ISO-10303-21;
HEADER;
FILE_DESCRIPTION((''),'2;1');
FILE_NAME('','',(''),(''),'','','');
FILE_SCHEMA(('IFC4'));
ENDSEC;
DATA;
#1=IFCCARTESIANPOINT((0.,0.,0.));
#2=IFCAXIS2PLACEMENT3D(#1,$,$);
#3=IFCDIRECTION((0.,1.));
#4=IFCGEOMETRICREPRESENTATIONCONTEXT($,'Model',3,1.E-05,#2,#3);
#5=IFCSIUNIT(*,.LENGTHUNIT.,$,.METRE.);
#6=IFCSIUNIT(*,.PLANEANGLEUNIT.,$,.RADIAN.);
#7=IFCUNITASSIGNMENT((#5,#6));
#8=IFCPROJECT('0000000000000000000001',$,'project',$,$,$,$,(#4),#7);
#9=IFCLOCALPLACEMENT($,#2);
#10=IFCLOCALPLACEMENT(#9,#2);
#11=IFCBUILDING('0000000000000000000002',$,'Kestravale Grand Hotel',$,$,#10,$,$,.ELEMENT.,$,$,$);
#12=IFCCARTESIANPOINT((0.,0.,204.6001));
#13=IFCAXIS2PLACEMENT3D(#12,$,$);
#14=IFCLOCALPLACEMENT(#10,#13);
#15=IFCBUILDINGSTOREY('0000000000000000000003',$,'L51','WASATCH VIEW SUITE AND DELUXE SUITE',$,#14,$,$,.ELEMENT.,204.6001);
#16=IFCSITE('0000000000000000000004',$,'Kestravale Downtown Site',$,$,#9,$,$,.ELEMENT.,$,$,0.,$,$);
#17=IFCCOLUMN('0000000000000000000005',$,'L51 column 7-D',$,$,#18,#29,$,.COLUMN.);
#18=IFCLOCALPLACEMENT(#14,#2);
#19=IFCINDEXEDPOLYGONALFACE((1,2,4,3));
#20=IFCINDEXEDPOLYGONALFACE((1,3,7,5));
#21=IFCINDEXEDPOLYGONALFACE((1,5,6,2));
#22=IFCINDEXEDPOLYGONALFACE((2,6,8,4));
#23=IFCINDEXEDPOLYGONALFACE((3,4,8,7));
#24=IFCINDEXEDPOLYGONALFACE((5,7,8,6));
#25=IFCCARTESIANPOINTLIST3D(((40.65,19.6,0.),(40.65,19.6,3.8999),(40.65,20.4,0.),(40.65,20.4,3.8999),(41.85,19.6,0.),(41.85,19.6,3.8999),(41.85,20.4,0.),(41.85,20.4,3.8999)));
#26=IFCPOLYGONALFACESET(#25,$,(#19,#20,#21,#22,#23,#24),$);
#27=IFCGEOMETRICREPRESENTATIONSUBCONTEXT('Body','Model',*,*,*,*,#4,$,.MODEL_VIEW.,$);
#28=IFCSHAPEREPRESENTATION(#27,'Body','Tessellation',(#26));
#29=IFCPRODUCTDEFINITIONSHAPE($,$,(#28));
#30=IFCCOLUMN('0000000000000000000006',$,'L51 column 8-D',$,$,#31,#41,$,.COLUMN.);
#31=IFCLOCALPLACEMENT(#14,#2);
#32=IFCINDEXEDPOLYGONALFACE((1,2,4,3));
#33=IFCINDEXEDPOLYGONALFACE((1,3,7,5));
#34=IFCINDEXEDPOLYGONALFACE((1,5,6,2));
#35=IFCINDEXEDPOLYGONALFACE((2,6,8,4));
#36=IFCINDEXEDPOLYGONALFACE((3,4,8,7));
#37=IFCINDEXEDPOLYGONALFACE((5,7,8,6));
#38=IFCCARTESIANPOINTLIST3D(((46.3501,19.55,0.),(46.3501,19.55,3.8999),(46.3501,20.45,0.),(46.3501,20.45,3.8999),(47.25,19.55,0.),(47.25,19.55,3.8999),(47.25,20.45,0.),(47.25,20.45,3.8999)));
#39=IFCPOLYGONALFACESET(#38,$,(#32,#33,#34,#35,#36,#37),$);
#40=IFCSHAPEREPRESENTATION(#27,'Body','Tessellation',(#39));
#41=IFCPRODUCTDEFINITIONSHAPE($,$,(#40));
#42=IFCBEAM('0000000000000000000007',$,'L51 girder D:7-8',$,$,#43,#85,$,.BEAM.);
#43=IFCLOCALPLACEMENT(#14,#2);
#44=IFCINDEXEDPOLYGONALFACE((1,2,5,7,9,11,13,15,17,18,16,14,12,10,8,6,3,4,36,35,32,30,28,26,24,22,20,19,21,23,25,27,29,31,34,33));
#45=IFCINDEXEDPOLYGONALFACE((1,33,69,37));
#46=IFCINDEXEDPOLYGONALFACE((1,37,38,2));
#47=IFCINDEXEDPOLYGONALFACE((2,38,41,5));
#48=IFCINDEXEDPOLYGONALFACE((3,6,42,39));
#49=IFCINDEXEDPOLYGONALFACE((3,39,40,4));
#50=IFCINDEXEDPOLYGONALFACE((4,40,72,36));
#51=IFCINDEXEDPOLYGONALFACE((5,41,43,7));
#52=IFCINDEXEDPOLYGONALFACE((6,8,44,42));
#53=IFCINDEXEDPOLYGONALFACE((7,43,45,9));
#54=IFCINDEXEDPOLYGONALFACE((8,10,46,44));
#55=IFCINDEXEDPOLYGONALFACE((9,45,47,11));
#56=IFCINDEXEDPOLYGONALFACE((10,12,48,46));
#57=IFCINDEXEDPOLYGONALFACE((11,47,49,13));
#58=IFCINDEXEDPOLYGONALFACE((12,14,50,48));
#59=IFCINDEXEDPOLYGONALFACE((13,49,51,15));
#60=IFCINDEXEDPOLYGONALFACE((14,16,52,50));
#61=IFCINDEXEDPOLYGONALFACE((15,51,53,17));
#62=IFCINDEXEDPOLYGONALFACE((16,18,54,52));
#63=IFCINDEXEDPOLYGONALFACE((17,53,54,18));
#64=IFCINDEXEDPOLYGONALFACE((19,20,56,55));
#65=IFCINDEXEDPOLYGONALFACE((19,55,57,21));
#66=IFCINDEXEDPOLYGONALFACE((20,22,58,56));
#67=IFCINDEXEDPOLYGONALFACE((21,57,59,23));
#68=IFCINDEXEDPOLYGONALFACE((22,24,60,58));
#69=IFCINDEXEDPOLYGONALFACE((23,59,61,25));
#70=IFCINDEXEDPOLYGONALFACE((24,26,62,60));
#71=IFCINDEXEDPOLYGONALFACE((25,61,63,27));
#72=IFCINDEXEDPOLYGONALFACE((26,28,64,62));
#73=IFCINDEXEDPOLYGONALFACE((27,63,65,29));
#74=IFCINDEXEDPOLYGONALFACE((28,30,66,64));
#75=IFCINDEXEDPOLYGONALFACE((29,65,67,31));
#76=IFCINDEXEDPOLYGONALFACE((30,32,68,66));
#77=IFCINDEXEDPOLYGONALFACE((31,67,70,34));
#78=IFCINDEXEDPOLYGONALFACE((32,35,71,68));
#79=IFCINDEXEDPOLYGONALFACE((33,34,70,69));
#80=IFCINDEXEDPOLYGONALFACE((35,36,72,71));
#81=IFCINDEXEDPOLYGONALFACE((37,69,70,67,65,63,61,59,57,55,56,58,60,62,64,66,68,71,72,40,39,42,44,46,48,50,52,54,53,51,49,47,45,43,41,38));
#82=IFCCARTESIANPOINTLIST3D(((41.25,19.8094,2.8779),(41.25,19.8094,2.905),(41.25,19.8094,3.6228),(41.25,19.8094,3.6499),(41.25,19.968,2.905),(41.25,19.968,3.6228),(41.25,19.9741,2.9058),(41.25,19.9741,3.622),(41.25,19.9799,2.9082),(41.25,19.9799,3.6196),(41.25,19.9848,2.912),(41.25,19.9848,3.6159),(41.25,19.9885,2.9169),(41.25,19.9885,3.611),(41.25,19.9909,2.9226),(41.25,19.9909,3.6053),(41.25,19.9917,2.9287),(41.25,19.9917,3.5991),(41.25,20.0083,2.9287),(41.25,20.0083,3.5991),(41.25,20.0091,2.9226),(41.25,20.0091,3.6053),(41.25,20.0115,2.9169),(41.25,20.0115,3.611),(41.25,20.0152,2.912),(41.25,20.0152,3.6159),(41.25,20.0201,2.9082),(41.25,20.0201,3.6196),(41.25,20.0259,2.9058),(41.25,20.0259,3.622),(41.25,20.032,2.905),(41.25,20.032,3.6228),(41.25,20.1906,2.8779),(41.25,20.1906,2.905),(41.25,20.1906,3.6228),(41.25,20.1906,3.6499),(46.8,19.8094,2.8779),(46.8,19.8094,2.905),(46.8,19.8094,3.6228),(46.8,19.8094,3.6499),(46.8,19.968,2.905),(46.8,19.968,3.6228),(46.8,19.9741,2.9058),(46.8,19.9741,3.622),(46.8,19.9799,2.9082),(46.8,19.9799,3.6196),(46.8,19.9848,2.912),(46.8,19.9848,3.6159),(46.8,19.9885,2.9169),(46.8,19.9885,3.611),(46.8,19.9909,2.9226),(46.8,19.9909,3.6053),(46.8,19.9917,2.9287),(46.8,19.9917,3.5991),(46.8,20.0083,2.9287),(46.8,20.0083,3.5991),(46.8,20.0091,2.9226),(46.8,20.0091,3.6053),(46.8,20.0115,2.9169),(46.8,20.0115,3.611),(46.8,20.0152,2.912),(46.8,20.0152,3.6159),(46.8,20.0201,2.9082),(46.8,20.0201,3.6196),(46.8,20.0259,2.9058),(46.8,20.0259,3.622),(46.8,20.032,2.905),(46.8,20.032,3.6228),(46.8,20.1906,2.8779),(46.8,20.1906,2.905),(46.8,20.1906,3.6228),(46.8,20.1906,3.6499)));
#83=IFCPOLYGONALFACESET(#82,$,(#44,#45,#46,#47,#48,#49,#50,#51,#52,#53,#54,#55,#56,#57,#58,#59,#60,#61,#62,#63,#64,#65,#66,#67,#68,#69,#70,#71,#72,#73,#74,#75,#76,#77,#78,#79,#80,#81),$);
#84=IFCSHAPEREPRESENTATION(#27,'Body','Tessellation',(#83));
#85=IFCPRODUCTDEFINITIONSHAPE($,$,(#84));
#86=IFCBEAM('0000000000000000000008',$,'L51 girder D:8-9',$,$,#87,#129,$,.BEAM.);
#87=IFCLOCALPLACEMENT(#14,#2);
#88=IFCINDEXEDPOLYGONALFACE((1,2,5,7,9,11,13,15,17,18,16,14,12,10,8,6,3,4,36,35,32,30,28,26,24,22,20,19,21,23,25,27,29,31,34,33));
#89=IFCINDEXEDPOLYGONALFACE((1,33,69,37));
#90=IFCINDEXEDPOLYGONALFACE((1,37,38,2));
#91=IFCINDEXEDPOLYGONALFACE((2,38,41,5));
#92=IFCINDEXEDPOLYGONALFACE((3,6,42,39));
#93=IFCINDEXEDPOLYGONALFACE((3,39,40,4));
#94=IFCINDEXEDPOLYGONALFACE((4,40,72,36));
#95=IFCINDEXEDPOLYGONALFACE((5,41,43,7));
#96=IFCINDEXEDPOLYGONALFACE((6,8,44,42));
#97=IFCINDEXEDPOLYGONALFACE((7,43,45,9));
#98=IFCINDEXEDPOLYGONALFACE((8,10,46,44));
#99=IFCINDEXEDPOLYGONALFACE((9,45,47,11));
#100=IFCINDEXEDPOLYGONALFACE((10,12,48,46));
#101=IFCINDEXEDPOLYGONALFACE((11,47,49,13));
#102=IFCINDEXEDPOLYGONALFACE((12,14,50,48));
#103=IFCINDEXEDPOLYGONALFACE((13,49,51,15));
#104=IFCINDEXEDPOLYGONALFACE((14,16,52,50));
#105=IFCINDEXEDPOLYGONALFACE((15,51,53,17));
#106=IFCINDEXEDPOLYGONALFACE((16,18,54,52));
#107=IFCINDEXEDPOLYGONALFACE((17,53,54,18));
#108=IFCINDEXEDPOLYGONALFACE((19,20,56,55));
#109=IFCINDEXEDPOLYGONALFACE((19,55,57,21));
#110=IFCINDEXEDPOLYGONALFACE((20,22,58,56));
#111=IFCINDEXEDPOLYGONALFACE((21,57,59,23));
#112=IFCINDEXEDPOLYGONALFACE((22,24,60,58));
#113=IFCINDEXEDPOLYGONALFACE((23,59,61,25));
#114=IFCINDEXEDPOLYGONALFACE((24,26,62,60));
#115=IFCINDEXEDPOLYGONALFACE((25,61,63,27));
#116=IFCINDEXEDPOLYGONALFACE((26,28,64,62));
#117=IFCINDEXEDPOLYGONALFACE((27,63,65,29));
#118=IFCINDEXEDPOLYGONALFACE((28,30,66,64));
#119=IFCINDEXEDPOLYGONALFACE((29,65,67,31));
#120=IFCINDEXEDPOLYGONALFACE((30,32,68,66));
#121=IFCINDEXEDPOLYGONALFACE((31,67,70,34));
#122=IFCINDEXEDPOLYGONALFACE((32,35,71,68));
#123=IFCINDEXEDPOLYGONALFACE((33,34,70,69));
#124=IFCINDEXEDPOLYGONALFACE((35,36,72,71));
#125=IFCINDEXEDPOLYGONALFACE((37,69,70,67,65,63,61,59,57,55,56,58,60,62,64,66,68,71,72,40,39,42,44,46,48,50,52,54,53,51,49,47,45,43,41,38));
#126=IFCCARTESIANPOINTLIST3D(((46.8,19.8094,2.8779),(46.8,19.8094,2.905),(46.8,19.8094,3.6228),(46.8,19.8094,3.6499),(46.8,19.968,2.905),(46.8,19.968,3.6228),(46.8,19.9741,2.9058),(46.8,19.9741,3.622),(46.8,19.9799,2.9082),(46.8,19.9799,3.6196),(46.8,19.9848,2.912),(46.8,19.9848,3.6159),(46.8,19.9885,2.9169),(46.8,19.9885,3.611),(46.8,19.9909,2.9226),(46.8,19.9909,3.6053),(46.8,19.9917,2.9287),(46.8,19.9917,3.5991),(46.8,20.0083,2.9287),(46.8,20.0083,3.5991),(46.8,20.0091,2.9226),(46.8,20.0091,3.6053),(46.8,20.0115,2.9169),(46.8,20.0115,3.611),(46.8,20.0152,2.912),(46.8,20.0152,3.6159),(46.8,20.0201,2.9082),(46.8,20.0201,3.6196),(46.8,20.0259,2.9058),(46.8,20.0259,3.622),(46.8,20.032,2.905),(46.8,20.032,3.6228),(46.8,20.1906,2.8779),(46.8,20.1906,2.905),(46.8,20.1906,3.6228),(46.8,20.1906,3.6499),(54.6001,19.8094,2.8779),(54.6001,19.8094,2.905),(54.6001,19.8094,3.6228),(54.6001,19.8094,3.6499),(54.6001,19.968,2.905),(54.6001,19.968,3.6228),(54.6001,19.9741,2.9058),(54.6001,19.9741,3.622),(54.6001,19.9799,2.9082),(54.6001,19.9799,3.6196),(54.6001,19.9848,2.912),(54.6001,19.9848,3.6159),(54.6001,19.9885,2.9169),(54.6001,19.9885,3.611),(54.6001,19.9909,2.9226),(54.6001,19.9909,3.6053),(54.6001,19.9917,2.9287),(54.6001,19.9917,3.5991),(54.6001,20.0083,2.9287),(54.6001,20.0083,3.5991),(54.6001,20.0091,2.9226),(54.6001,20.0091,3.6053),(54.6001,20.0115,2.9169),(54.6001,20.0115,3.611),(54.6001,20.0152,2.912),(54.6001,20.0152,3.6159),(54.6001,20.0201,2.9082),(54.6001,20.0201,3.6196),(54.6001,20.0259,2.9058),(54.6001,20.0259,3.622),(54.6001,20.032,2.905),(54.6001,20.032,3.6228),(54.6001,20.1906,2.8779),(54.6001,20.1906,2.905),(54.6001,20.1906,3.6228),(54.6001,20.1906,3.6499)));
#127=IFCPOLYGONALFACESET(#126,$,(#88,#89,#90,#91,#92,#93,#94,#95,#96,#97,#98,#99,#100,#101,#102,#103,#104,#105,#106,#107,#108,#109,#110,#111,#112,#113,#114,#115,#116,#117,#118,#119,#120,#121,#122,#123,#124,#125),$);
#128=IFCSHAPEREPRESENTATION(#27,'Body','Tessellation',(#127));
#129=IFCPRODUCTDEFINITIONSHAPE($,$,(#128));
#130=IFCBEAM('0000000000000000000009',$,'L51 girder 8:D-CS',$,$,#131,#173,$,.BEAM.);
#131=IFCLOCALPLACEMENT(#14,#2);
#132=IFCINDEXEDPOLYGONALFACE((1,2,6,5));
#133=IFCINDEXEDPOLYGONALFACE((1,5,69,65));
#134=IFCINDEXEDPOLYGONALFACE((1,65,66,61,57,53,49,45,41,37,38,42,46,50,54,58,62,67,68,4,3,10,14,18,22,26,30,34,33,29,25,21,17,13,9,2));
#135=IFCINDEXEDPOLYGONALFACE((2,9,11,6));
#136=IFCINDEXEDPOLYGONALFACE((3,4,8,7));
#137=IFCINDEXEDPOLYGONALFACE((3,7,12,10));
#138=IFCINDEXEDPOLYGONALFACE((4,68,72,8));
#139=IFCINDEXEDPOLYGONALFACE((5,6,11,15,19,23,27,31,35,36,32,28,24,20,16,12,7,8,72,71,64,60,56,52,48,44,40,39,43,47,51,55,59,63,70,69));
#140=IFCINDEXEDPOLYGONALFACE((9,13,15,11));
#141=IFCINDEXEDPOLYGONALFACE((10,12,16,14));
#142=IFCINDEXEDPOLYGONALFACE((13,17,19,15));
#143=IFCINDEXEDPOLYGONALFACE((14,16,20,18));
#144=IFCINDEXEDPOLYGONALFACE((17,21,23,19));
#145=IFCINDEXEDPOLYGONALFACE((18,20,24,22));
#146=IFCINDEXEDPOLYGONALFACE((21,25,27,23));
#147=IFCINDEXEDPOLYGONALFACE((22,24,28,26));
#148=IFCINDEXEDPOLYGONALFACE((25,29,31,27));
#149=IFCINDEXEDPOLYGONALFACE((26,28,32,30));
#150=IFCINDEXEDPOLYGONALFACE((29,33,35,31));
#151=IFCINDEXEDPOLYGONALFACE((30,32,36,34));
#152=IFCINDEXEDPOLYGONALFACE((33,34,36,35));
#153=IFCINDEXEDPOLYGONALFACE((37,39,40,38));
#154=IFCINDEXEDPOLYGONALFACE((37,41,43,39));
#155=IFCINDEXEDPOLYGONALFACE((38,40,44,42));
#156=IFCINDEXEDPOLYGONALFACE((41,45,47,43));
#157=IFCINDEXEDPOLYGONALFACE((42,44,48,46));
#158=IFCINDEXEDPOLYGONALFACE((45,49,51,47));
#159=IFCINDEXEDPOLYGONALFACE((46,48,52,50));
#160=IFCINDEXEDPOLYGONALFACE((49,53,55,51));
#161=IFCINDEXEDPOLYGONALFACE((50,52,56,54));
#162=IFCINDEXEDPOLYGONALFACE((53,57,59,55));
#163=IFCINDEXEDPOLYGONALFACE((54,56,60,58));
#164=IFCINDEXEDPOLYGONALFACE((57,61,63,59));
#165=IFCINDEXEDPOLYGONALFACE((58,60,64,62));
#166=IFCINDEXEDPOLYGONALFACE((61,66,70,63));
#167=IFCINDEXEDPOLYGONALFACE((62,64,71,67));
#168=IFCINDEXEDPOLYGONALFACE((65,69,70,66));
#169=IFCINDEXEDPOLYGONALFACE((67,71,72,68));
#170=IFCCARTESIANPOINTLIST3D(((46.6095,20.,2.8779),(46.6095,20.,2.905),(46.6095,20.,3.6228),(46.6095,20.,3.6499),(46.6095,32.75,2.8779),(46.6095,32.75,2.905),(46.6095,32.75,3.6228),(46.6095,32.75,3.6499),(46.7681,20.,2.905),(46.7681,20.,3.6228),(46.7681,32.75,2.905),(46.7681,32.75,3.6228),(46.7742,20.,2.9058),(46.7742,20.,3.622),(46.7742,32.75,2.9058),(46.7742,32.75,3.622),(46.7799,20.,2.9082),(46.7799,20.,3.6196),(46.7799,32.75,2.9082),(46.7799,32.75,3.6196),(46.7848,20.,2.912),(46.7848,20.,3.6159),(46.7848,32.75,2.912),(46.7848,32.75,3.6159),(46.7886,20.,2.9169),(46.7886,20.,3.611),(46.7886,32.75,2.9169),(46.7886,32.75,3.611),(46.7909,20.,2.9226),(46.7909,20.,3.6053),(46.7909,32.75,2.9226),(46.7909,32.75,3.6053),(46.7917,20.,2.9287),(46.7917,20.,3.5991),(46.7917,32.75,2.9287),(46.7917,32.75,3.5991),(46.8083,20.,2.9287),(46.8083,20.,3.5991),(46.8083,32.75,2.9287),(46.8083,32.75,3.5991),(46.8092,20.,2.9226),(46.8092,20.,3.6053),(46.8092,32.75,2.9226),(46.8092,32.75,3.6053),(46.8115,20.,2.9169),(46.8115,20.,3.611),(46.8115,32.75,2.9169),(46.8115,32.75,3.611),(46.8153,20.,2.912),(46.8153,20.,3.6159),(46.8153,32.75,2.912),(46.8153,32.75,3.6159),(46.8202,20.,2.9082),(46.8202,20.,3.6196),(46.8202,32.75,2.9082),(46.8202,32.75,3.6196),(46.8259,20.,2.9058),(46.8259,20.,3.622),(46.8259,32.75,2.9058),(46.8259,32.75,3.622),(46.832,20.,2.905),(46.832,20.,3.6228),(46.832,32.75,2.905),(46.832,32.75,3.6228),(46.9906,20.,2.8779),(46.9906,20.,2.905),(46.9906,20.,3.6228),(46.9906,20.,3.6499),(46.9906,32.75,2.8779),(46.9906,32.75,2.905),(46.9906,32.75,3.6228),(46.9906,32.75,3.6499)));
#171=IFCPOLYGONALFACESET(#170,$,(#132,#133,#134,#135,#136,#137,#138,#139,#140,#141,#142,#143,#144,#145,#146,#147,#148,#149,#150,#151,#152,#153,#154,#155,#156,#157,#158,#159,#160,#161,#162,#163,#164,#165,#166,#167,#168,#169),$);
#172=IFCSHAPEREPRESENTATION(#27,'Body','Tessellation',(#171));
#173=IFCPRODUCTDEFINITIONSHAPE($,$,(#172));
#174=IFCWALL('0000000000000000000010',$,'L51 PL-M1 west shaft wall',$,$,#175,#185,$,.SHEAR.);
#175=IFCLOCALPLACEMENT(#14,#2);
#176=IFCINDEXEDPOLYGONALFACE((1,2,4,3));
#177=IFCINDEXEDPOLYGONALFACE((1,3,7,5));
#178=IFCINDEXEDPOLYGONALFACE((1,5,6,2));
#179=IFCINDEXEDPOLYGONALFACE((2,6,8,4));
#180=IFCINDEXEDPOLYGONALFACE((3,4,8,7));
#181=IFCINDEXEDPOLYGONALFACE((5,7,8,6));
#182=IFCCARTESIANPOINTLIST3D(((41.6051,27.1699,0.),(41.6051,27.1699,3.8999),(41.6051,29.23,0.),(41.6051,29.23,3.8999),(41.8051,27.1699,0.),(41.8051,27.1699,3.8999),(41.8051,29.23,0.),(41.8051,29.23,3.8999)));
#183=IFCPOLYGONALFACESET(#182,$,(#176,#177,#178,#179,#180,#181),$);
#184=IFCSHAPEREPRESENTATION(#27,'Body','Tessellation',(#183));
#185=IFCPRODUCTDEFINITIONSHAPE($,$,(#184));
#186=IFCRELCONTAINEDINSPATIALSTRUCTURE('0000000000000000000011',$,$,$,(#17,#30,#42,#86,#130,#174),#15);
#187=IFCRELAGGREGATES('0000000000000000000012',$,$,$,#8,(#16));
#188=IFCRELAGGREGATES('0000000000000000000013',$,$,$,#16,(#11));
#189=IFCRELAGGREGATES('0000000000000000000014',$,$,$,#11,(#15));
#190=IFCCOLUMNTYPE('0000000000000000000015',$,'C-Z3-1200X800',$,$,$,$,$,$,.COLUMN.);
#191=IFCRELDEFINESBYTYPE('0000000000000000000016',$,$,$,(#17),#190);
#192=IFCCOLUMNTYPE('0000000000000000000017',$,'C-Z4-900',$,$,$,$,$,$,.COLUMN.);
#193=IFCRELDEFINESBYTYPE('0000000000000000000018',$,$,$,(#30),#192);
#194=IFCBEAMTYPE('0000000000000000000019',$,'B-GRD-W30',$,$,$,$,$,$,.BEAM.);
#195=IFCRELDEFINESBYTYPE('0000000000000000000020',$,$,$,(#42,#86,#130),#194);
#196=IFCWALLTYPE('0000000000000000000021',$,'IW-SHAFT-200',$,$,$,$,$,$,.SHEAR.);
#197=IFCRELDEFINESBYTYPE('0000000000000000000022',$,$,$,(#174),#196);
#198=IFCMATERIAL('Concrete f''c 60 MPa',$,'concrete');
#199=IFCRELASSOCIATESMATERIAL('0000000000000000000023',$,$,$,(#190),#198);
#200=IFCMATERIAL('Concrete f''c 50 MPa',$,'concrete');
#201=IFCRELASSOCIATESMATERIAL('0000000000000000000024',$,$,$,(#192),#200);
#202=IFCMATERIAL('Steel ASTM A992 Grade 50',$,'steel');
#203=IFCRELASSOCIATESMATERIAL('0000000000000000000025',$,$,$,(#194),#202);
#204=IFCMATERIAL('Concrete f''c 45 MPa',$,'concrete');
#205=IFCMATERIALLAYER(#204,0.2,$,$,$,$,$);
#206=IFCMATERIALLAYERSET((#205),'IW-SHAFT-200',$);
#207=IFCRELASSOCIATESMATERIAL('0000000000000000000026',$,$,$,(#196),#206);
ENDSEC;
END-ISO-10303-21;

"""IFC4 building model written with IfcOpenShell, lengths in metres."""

from ifc_helpers import new_model, si_unit, direction, frame, frame_2d, origin, origin_2d, place, context, subcontext, project, spatial, rectangle, i_section, extrude, material, layer, layer_set, material_profile, profile_set, type_object, element, save


model = new_model("IFC4")

# Units and contexts
model_context = context("Model", 3, precision=1e-05, world=origin(), true_north=direction((0.0, 1.0)))
body_context = subcontext(model_context, "Body", "Model", "MODEL_VIEW")
ifc_project = project(units=[si_unit("LENGTHUNIT", "METRE"), si_unit("PLANEANGLEUNIT", "RADIAN")], contexts=[model_context])

# Site, building, storey
site_placement = place(None, origin())
site = spatial("IfcSite", under=ifc_project, at=site_placement, Name="Kestravale Downtown Site", CompositionType="ELEMENT", RefElevation=0.0)
building_placement = place(site_placement, origin())
building = spatial("IfcBuilding", under=site, at=building_placement, Name="Kestravale Grand Hotel", CompositionType="ELEMENT")
storey_placement = place(building_placement, frame((0.0, 0.0, 204.6001)))
storey = spatial("IfcBuildingStorey", under=building, at=storey_placement, Name="L51", Description="WASATCH VIEW SUITE AND DELUXE SUITE", CompositionType="ELEMENT", Elevation=204.6001)

# Columns
ifc_material_1 = material(Name="Concrete f'c 60 MPa", Category="concrete")
ifc_material_profile_1 = material_profile(ifc_material_1, rectangle(XDim=1.2, YDim=0.8, at=origin_2d()))
ifc_profile_set_1 = profile_set([ifc_material_profile_1], Name="Concrete f'c 60 MPa")
column_type_1 = type_object("IfcColumnType", Name="C-Z3-1200X800", PredefinedType="COLUMN", material=ifc_profile_set_1)
column_1_placement = place(storey_placement, frame((41.25, 20.0, 0.0), z_axis=(0.0, 0.0, 1.0), x_axis=(1.0, 0.0, 0.0)))
element("IfcColumn", 1, at=column_1_placement, inside=storey, type_object=column_type_1, Name="L51 column 7-D", PredefinedType="COLUMN", context=body_context, shape_type="SweptSolid", body=[
    extrude(rectangle(XDim=1.2, YDim=0.8, at=origin_2d()), origin(), (0.0, 0.0, 1.0), 3.8999),
])
ifc_material_2 = material(Name="Concrete f'c 50 MPa", Category="concrete")
ifc_material_profile_2 = material_profile(ifc_material_2, rectangle(XDim=0.8999, YDim=0.8999, at=origin_2d()))
ifc_profile_set_2 = profile_set([ifc_material_profile_2], Name="Concrete f'c 50 MPa")
column_type_2 = type_object("IfcColumnType", Name="C-Z4-900", PredefinedType="COLUMN", material=ifc_profile_set_2)
column_2_placement = place(storey_placement, frame((46.8, 20.0, 0.0), z_axis=(0.0, 0.0, 1.0), x_axis=(1.0, 0.0, 0.0)))
element("IfcColumn", 2, at=column_2_placement, inside=storey, type_object=column_type_2, Name="L51 column 8-D", PredefinedType="COLUMN", context=body_context, shape_type="SweptSolid", body=[
    extrude(rectangle(XDim=0.8999, YDim=0.8999, at=origin_2d()), origin(), (0.0, 0.0, 1.0), 3.8999),
])

# Beams
ifc_material_3 = material(Name="Steel ASTM A992 Grade 50", Category="steel")
ifc_material_profile_3 = material_profile(ifc_material_3, i_section(OverallWidth=0.3811, OverallDepth=0.772, WebThickness=0.0166, FlangeThickness=0.0271, FilletRadius=0.0237, at=origin_2d()))
ifc_profile_set_3 = profile_set([ifc_material_profile_3], Name="Steel ASTM A992 Grade 50")
beam_type = type_object("IfcBeamType", Name="B-GRD-W30", PredefinedType="BEAM", material=ifc_profile_set_3)
beam_1_placement = place(storey_placement, frame((41.25, 20.0, 3.2639), z_axis=(1.0, 0.0, 0.0), x_axis=(0.0, 1.0, 0.0)))
element("IfcBeam", 3, at=beam_1_placement, inside=storey, type_object=beam_type, Name="L51 girder D:7-8", PredefinedType="BEAM", context=body_context, shape_type="SweptSolid", body=[
    extrude(i_section(OverallWidth=0.3811, OverallDepth=0.772, WebThickness=0.0166, FlangeThickness=0.0271, FilletRadius=0.0237, at=origin_2d()), origin(), (0.0, 0.0, 1.0), 5.55),
])
beam_2_placement = place(storey_placement, frame((46.8, 20.0, 3.2639), z_axis=(1.0, 0.0, 0.0), x_axis=(0.0, 1.0, 0.0)))
element("IfcBeam", 4, at=beam_2_placement, inside=storey, type_object=beam_type, Name="L51 girder D:8-9", PredefinedType="BEAM", context=body_context, shape_type="SweptSolid", body=[
    extrude(i_section(OverallWidth=0.3811, OverallDepth=0.772, WebThickness=0.0166, FlangeThickness=0.0271, FilletRadius=0.0237, at=origin_2d()), origin(), (0.0, 0.0, 1.0), 7.8),
])
beam_3_placement = place(storey_placement, frame((46.8, 20.0, 3.2639), z_axis=(0.0, 1.0, 0.0), x_axis=(-1.0, 0.0, 0.0)))
element("IfcBeam", 5, at=beam_3_placement, inside=storey, type_object=beam_type, Name="L51 girder 8:D-CS", PredefinedType="BEAM", context=body_context, shape_type="SweptSolid", body=[
    extrude(i_section(OverallWidth=0.3811, OverallDepth=0.772, WebThickness=0.0166, FlangeThickness=0.0271, FilletRadius=0.0237, at=origin_2d()), origin(), (0.0, 0.0, 1.0), 12.75),
])

# Wall
ifc_material_4 = material(Name="Concrete f'c 45 MPa", Category="concrete")
ifc_layer_1 = layer(ifc_material_4, 0.2)
ifc_layer_set_1 = layer_set([ifc_layer_1], Name="IW-SHAFT-200")
wall_type_1 = type_object("IfcWallType", Name="IW-SHAFT-200", PredefinedType="SHEAR", material=ifc_layer_set_1)
for number, where, z_axis, x_axis, name in (
    (6, (41.7051, 27.1699, 0.0), (0.0, 0.0, 1.0), (0.0, 1.0, 0.0), "L51 PL-M1 west shaft wall"),
):
    element("IfcWall", number, at=place(storey_placement, frame(where, z_axis=z_axis, x_axis=x_axis)), inside=storey, type_object=wall_type_1, Name=name, PredefinedType="SHEAR", context=body_context, shape_type="SweptSolid", body=[
        extrude(rectangle(XDim=2.0601, YDim=0.2, at=frame_2d((1.03, 0.0))), origin(), (0.0, 0.0, 1.0), 3.8999),
    ])

save(model, "model.ifc")
